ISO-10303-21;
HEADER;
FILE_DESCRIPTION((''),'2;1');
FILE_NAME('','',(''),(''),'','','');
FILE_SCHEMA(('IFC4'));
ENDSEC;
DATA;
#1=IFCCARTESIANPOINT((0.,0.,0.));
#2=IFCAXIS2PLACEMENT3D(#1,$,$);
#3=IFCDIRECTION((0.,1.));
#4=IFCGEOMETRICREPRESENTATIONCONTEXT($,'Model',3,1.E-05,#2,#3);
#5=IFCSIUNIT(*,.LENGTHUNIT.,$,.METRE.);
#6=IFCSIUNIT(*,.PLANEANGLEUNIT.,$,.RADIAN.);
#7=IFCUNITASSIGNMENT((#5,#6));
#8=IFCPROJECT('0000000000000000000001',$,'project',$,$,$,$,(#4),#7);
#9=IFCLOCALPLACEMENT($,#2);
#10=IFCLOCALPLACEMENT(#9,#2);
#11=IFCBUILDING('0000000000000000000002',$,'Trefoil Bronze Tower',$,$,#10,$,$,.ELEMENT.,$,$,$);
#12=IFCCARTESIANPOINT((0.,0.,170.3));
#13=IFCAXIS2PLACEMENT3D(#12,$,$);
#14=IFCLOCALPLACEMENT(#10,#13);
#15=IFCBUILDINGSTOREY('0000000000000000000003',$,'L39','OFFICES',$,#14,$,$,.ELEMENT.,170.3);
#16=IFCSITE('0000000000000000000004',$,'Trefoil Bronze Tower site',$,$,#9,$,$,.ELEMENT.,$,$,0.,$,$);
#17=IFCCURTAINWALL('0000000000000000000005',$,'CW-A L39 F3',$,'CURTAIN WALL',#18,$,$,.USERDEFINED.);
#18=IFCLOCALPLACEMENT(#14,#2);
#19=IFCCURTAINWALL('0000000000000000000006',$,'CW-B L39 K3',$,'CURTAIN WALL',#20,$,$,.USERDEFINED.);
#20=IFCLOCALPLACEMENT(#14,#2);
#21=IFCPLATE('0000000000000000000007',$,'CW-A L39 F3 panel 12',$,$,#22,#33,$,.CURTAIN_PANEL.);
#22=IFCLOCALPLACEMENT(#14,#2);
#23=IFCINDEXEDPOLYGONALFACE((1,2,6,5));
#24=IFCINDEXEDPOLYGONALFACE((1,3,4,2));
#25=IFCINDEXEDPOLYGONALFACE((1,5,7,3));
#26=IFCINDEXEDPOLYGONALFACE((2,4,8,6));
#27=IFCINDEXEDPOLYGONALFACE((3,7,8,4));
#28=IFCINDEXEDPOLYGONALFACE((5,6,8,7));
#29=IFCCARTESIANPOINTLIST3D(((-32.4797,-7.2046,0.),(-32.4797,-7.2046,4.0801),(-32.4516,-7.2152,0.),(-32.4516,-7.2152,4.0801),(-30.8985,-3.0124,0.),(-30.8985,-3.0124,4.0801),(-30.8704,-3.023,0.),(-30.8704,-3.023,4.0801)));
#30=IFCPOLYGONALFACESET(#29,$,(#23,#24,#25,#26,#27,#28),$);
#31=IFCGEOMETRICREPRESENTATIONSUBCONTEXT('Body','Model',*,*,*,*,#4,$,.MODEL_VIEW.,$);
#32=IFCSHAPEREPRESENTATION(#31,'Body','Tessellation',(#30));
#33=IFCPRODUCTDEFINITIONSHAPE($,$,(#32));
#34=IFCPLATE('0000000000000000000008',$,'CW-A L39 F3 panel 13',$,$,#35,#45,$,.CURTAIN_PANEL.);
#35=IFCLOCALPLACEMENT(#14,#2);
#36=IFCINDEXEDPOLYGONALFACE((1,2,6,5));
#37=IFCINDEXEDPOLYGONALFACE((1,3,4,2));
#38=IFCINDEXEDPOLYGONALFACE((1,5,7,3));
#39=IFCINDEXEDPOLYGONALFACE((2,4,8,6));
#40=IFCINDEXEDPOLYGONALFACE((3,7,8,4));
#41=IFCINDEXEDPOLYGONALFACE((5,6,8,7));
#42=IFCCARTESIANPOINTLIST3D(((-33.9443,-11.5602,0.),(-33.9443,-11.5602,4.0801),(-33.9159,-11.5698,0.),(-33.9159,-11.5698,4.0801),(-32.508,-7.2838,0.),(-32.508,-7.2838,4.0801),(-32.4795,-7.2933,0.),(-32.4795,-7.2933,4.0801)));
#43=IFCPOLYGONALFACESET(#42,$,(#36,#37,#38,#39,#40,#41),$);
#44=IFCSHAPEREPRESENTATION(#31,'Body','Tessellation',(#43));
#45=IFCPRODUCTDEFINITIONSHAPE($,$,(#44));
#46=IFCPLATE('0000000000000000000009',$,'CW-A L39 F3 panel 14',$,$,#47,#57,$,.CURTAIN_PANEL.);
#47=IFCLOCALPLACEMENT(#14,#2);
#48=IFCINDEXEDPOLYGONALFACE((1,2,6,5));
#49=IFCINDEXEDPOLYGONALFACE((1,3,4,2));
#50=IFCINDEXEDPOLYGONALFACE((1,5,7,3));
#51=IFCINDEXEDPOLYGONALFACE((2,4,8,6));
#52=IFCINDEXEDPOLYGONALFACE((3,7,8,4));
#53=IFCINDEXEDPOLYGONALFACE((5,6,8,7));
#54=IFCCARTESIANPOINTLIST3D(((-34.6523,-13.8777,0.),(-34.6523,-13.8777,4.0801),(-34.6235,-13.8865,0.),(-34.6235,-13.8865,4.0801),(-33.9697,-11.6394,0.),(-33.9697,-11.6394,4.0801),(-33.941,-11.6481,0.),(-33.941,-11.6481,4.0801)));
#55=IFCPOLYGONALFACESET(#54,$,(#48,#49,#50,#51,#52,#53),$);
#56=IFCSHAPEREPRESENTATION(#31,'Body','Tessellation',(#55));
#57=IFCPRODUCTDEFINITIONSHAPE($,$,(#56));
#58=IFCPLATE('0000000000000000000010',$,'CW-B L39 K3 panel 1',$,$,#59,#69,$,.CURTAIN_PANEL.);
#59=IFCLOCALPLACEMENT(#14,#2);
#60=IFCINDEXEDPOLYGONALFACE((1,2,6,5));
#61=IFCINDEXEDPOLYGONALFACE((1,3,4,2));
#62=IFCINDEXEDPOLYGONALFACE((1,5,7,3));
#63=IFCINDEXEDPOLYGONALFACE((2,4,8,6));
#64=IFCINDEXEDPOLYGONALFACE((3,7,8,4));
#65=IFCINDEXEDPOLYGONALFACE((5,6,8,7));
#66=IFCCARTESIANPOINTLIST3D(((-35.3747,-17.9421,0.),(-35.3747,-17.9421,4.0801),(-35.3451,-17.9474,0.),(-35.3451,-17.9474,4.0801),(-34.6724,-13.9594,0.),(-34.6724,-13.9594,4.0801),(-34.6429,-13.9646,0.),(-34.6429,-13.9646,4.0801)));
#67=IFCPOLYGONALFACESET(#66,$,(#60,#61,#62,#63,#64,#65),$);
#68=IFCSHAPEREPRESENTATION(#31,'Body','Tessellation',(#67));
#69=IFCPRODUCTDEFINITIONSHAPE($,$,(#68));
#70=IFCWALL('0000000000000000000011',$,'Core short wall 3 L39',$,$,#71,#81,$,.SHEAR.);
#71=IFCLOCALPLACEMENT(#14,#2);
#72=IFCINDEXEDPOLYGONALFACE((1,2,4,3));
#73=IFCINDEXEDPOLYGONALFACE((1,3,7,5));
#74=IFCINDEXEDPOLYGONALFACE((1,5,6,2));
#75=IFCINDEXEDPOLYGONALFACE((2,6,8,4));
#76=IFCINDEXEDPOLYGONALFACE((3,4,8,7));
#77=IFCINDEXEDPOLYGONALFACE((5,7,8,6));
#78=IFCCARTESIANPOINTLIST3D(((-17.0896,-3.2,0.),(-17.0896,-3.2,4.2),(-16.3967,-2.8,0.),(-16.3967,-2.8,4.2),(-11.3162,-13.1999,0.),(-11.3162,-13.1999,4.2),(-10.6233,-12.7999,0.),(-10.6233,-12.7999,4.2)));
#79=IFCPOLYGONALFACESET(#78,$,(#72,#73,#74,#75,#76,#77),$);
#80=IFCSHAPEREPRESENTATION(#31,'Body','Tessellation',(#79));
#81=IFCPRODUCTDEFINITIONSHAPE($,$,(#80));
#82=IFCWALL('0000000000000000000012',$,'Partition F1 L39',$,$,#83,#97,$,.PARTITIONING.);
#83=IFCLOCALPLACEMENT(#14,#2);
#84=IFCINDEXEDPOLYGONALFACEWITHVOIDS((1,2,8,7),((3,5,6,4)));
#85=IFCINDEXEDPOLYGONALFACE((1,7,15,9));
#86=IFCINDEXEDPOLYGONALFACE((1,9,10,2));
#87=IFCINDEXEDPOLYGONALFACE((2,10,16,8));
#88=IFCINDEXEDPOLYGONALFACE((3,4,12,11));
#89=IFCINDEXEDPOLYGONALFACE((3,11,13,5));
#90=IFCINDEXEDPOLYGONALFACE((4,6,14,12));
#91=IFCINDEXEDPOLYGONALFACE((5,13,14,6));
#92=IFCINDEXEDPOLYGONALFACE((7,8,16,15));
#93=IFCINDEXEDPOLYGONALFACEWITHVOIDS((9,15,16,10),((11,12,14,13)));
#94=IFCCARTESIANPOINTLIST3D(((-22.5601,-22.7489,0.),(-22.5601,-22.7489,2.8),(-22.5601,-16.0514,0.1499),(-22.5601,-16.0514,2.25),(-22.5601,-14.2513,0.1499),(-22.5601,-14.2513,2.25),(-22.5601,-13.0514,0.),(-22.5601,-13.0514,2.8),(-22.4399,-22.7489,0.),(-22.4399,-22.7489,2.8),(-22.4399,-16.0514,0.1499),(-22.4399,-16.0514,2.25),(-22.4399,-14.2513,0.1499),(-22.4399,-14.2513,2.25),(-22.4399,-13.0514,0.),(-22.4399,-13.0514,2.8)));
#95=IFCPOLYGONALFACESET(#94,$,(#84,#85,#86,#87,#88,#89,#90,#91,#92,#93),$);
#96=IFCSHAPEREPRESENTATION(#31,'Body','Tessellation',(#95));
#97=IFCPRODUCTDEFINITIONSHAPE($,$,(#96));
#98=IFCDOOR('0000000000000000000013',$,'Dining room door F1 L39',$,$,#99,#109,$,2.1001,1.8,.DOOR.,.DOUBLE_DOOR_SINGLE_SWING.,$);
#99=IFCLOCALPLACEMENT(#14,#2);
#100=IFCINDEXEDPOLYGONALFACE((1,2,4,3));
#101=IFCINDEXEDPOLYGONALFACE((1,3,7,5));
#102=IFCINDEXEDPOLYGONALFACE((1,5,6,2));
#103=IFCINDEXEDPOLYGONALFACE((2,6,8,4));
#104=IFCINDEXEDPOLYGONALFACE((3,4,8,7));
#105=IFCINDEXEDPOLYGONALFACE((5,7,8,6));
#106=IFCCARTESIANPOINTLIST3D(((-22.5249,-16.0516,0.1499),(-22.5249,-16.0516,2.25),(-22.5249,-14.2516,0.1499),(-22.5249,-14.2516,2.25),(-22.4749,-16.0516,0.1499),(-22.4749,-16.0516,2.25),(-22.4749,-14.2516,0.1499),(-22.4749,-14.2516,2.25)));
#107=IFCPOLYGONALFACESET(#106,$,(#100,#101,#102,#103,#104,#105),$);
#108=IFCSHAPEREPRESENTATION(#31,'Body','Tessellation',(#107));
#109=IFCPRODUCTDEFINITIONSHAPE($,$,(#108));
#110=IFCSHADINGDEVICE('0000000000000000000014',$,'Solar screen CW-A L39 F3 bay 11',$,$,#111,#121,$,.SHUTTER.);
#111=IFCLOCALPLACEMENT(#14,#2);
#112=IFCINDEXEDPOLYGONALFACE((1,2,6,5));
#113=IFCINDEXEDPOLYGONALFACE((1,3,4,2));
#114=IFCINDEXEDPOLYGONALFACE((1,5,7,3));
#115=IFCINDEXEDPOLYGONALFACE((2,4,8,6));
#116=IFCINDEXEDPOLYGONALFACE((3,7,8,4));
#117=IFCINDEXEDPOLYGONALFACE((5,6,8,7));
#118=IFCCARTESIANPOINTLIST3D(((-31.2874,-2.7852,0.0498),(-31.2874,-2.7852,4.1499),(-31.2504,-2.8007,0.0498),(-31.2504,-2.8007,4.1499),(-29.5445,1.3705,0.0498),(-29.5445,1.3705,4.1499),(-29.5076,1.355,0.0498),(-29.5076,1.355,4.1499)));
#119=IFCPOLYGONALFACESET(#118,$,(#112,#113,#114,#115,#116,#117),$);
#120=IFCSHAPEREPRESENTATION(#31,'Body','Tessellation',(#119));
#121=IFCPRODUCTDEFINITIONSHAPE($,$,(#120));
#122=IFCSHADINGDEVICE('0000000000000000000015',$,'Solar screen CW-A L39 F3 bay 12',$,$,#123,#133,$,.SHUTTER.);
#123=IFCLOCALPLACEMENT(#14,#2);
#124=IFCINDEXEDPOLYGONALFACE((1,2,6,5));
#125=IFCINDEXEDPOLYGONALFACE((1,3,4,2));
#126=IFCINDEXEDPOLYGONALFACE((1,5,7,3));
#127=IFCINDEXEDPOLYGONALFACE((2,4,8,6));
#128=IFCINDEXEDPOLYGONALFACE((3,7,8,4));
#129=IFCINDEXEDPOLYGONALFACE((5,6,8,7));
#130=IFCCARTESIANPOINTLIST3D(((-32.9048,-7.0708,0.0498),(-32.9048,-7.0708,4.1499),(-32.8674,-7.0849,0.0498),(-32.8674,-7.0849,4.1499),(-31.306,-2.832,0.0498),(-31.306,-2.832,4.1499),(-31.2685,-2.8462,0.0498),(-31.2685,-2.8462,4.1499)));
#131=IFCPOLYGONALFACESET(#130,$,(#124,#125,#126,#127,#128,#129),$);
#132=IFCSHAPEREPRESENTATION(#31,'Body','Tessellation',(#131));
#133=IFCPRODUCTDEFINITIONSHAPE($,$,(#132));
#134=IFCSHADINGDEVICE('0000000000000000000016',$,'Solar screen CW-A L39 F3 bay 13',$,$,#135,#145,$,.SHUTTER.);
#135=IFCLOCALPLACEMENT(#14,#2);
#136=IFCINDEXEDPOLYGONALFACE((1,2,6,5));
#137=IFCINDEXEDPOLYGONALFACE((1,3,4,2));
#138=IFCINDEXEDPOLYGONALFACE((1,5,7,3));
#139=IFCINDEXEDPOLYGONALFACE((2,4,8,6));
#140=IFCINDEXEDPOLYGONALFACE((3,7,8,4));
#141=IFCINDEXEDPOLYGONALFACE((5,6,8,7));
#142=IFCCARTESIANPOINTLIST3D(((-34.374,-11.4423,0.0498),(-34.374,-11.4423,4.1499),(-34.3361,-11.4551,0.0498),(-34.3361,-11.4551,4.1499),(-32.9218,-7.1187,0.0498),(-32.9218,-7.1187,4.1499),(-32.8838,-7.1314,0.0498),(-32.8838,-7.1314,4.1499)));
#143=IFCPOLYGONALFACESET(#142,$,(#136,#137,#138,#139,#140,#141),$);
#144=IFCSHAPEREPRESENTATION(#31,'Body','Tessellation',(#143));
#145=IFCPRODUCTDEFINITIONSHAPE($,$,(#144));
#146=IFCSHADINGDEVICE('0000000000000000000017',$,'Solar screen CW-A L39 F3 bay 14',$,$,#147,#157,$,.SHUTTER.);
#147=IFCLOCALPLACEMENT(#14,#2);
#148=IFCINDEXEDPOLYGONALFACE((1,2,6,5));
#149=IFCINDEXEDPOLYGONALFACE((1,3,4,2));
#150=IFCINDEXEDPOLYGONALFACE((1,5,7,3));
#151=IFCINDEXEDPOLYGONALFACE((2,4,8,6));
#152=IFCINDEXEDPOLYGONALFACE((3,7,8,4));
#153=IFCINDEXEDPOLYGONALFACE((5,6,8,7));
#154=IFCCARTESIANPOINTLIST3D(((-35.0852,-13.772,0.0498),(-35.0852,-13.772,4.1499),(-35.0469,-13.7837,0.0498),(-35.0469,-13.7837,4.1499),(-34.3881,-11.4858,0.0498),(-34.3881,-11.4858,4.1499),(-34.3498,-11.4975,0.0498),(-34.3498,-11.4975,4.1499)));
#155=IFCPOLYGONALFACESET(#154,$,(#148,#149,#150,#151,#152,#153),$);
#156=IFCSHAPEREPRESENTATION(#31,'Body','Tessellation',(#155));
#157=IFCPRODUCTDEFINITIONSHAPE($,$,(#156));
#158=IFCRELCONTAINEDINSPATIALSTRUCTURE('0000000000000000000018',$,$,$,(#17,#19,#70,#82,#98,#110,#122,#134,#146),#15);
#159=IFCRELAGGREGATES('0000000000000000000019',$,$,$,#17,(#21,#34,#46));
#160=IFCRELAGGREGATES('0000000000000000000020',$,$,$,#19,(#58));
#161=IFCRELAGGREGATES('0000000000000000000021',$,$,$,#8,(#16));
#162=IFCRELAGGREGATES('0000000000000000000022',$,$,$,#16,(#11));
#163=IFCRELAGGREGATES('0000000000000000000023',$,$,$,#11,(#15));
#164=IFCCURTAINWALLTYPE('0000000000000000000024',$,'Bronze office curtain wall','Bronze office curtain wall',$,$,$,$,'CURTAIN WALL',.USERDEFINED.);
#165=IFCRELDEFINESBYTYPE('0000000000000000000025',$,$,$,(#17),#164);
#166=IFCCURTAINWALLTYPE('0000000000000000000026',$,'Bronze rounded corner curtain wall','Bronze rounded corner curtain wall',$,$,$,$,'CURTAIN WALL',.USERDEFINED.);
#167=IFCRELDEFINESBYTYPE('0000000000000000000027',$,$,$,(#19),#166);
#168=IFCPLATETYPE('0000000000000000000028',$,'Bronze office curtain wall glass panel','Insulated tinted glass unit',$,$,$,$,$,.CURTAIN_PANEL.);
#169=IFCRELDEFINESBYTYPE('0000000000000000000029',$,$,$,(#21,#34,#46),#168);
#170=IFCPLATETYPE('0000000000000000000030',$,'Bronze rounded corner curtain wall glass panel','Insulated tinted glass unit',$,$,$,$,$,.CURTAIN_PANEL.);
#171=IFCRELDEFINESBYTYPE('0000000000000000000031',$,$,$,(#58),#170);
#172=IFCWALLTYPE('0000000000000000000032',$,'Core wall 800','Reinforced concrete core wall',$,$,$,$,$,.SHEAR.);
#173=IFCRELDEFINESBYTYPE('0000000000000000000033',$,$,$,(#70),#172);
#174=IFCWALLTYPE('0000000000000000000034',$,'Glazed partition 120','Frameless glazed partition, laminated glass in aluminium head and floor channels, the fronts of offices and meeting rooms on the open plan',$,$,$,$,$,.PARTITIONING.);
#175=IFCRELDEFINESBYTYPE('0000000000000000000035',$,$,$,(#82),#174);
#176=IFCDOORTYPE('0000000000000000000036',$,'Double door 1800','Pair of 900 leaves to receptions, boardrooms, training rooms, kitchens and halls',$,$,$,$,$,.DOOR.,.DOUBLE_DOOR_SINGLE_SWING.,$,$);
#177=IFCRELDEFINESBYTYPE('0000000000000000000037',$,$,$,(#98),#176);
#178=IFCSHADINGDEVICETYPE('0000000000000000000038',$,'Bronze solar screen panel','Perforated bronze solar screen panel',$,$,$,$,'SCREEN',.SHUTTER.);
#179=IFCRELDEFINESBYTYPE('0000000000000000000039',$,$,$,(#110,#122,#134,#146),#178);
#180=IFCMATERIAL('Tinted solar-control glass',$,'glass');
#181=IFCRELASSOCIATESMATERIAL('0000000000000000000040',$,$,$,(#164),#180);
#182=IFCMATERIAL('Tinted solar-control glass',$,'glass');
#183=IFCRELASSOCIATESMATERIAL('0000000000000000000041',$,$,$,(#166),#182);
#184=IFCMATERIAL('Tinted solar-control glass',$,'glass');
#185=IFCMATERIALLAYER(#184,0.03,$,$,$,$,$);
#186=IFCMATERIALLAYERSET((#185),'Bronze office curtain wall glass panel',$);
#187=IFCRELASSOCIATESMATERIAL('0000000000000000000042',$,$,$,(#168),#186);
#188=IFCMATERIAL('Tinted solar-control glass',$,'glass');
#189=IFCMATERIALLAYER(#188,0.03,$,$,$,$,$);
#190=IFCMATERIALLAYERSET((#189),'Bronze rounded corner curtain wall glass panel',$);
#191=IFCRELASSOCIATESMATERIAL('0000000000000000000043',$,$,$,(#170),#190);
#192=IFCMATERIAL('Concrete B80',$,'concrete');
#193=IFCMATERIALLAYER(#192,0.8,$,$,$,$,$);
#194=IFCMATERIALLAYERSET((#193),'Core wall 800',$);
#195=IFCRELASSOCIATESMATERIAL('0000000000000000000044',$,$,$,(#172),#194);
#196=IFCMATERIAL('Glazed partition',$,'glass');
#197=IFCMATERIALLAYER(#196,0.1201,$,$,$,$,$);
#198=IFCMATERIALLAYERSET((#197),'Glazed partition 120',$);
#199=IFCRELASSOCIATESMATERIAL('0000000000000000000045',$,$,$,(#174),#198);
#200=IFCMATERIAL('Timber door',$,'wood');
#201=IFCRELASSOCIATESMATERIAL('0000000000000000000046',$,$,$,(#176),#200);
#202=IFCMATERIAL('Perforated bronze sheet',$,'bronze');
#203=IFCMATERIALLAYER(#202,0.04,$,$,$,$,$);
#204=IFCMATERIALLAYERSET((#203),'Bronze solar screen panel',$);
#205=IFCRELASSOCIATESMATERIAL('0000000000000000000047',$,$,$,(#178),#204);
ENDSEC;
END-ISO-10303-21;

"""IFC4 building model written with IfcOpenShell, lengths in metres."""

from ifc_helpers import new_model, si_unit, direction, frame, frame_2d, origin, origin_2d, place, context, subcontext, project, spatial, rectangle, extrude, material, layer, layer_set, type_object, element, fill, aggregate, save


model = new_model("IFC4")

# Units and contexts
model_context = context("Model", 3, precision=1e-05, world=origin(), true_north=direction((0.0, 1.0)))
body_context = subcontext(model_context, "Body", "Model", "MODEL_VIEW")
ifc_project = project(units=[si_unit("LENGTHUNIT", "METRE"), si_unit("PLANEANGLEUNIT", "RADIAN")], contexts=[model_context])

# Site, building, storey
site_placement = place(None, origin())
site = spatial("IfcSite", under=ifc_project, at=site_placement, Name="Trefoil Bronze Tower site", CompositionType="ELEMENT", RefElevation=0.0)
building_placement = place(site_placement, origin())
building = spatial("IfcBuilding", under=site, at=building_placement, Name="Trefoil Bronze Tower", CompositionType="ELEMENT")
storey_placement = place(building_placement, frame((0.0, 0.0, 170.3)))
storey = spatial("IfcBuildingStorey", under=building, at=storey_placement, Name="L39", Description="OFFICES", CompositionType="ELEMENT", Elevation=170.3)

# Curtain walls
ifc_material_1 = material(Name="Tinted solar-control glass", Category="glass")
curtain_wall_type_1 = type_object("IfcCurtainWallType", Name="Bronze office curtain wall", Description="Bronze office curtain wall", ElementType="CURTAIN WALL", PredefinedType="USERDEFINED", material=ifc_material_1)
curtain_wall_1_placement = place(storey_placement, origin())
curtain_wall_1 = element("IfcCurtainWall", 1, at=curtain_wall_1_placement, inside=storey, type_object=curtain_wall_type_1, Name="CW-A L39 F3", ObjectType="CURTAIN WALL", PredefinedType="USERDEFINED")
ifc_material_2 = material(Name="Tinted solar-control glass", Category="glass")
curtain_wall_type_2 = type_object("IfcCurtainWallType", Name="Bronze rounded corner curtain wall", Description="Bronze rounded corner curtain wall", ElementType="CURTAIN WALL", PredefinedType="USERDEFINED", material=ifc_material_2)
curtain_wall_2_placement = place(storey_placement, origin())
curtain_wall_2 = element("IfcCurtainWall", 2, at=curtain_wall_2_placement, inside=storey, type_object=curtain_wall_type_2, Name="CW-B L39 K3", ObjectType="CURTAIN WALL", PredefinedType="USERDEFINED")

# Plates
ifc_material_3 = material(Name="Tinted solar-control glass", Category="glass")
ifc_layer_1 = layer(ifc_material_3, 0.03)
ifc_layer_set_1 = layer_set([ifc_layer_1], Name="Bronze office curtain wall glass panel")
plate_type_1 = type_object("IfcPlateType", Name="Bronze office curtain wall glass panel", Description="Insulated tinted glass unit", PredefinedType="CURTAIN_PANEL", material=ifc_layer_set_1)
plate_1_placement = place(storey_placement, frame((-31.675, -5.1138, 0.0), z_axis=(0.0, 0.0, 1.0), x_axis=(-0.35292, -0.935654, 0.0)))
plate_1 = element("IfcPlate", 3, at=plate_1_placement, type_object=plate_type_1, Name="CW-A L39 F3 panel 12", PredefinedType="CURTAIN_PANEL", context=body_context, shape_type="SweptSolid", body=[
    extrude(rectangle(XDim=4.4805, YDim=0.03, at=origin_2d()), origin(), (0.0, 0.0, 1.0), 4.0801),
])
plate_2_placement = place(storey_placement, frame((-33.2119, -9.4268, 0.0), z_axis=(0.0, 0.0, 1.0), x_axis=(-0.318404, -0.947955, 0.0)))
plate_2 = element("IfcPlate", 4, at=plate_2_placement, type_object=plate_type_1, Name="CW-A L39 F3 panel 13", PredefinedType="CURTAIN_PANEL", context=body_context, shape_type="SweptSolid", body=[
    extrude(rectangle(XDim=4.5112, YDim=0.03, at=origin_2d()), origin(), (0.0, 0.0, 1.0), 4.0801),
])
plate_3_placement = place(storey_placement, frame((-34.2966, -12.7629, 0.0), z_axis=(0.0, 0.0, 1.0), x_axis=(-0.291669, -0.956519, 0.0)))
plate_3 = element("IfcPlate", 5, at=plate_3_placement, type_object=plate_type_1, Name="CW-A L39 F3 panel 14", PredefinedType="CURTAIN_PANEL", context=body_context, shape_type="SweptSolid", body=[
    extrude(rectangle(XDim=2.3401, YDim=0.03, at=origin_2d()), origin(), (0.0, 0.0, 1.0), 4.0801),
])
aggregate(curtain_wall_1, [plate_1, plate_2, plate_3])
ifc_material_4 = material(Name="Tinted solar-control glass", Category="glass")
ifc_layer_2 = layer(ifc_material_4, 0.03)
ifc_layer_set_2 = layer_set([ifc_layer_2], Name="Bronze rounded corner curtain wall glass panel")
plate_type_2 = type_object("IfcPlateType", Name="Bronze rounded corner curtain wall glass panel", Description="Insulated tinted glass unit", PredefinedType="CURTAIN_PANEL", material=ifc_layer_set_2)
plate_4_placement = place(storey_placement, frame((-35.0088, -15.9534, 0.0), z_axis=(0.0, 0.0, 1.0), x_axis=(-0.173648, -0.984808, 0.0)))
plate_4 = element("IfcPlate", 6, at=plate_4_placement, type_object=plate_type_2, Name="CW-B L39 K3 panel 1", PredefinedType="CURTAIN_PANEL", context=body_context, shape_type="SweptSolid", body=[
    extrude(rectangle(XDim=4.0442, YDim=0.03, at=origin_2d()), origin(), (0.0, 0.0, 1.0), 4.0801),
])
aggregate(curtain_wall_2, [plate_4])

# Wall
ifc_material_5 = material(Name="Concrete B80", Category="concrete")
ifc_layer_3 = layer(ifc_material_5, 0.8)
ifc_layer_set_3 = layer_set([ifc_layer_3], Name="Core wall 800")
wall_type_1 = type_object("IfcWallType", Name="Core wall 800", Description="Reinforced concrete core wall", PredefinedType="SHEAR", material=ifc_layer_set_3)
wall_1_placement = place(storey_placement, frame((-16.7432, -3.0, 0.0), z_axis=(0.0, 0.0, 1.0), x_axis=(0.499996, -0.866028, 0.0)))
element("IfcWall", 7, at=wall_1_placement, inside=storey, type_object=wall_type_1, Name="Core short wall 3 L39", PredefinedType="SHEAR", context=body_context, shape_type="SweptSolid", body=[
    extrude(rectangle(XDim=11.5469, YDim=0.8, at=frame_2d((5.7734, 0.0))), origin(), (0.0, 0.0, 1.0), 4.2),
])

# Wall, opening, door
ifc_material_6 = material(Name="Glazed partition", Category="glass")
ifc_layer_4 = layer(ifc_material_6, 0.1201)
ifc_layer_set_4 = layer_set([ifc_layer_4], Name="Glazed partition 120")
wall_type_2 = type_object("IfcWallType", Name="Glazed partition 120", Description="Frameless glazed partition, laminated glass in aluminium head and floor channels, the fronts of offices and meeting rooms on the open plan", PredefinedType="PARTITIONING", material=ifc_layer_set_4)
wall_2_placement = place(storey_placement, frame((-22.5, -13.0515, 0.0), z_axis=(0.0, 0.0, 1.0), x_axis=(0.0, -1.0, 0.0)))
wall_2 = element("IfcWall", 8, at=wall_2_placement, inside=storey, type_object=wall_type_2, Name="Partition F1 L39", PredefinedType="PARTITIONING", context=body_context, shape_type="SweptSolid", body=[
    extrude(rectangle(XDim=9.6975, YDim=0.1201, at=frame_2d((4.8486, 0.0))), origin(), (0.0, 0.0, 1.0), 2.8),
])
opening_placement = place(wall_2_placement, frame((1.2, 0.0, 0.1499)))
opening = element("IfcOpeningElement", 9, at=opening_placement, cuts=wall_2, PredefinedType="OPENING", context=body_context, shape_type="SweptSolid", body=[
    extrude(rectangle(XDim=1.8, YDim=2.1001, at=frame_2d((0.8999, 1.05))), frame((0.0, 0.0701, 0.0), z_axis=(0.0, -1.0, 0.0), x_axis=(1.0, 0.0, 0.0)), (0.0, 0.0, 1.0), 0.1401),
])
ifc_material_7 = material(Name="Timber door", Category="wood")
door_type = type_object("IfcDoorType", Name="Double door 1800", Description="Pair of 900 leaves to receptions, boardrooms, training rooms, kitchens and halls", OperationType="DOUBLE_DOOR_SINGLE_SWING", PredefinedType="DOOR", material=ifc_material_7)
door_placement = place(opening_placement, frame((1.8, 0.0, 0.0), z_axis=(0.0, 0.0, 1.0), x_axis=(-1.0, 0.0, 0.0)))
door = element("IfcDoor", 10, at=door_placement, inside=storey, type_object=door_type, Name="Dining room door F1 L39", OperationType="DOUBLE_DOOR_SINGLE_SWING", OverallHeight=2.1001, OverallWidth=1.8, PredefinedType="DOOR", context=body_context, shape_type="SweptSolid", body=[
    extrude(rectangle(XDim=1.8, YDim=2.1001, at=frame_2d((0.8999, 1.05))), frame((0.0, 0.0249, 0.0), z_axis=(0.0, -1.0, 0.0), x_axis=(1.0, 0.0, 0.0)), (0.0, 0.0, 1.0), 0.05),
])
fill(opening, door)

# Shading devices
ifc_material_8 = material(Name="Perforated bronze sheet", Category="bronze")
ifc_layer_5 = layer(ifc_material_8, 0.04)
ifc_layer_set_5 = layer_set([ifc_layer_5], Name="Bronze solar screen panel")
shading_device_type = type_object("IfcShadingDeviceType", Name="Bronze solar screen panel", Description="Perforated bronze solar screen panel", ElementType="SCREEN", PredefinedType="SHUTTER", material=ifc_layer_set_5)
shading_device_1_placement = place(storey_placement, frame((-30.3975, -0.7151, 0.0498), z_axis=(0.0, 0.0, 1.0), x_axis=(-0.386759, -0.922181, 0.0)))
element("IfcShadingDevice", 11, at=shading_device_1_placement, inside=storey, type_object=shading_device_type, Name="Solar screen CW-A L39 F3 bay 11", PredefinedType="SHUTTER", context=body_context, shape_type="SweptSolid", body=[
    extrude(rectangle(XDim=4.5063, YDim=0.04, at=origin_2d()), origin(), (0.0, 0.0, 1.0), 4.1001),
])
shading_device_2_placement = place(storey_placement, frame((-32.0867, -4.9585, 0.0498), z_axis=(0.0, 0.0, 1.0), x_axis=(-0.35292, -0.935654, 0.0)))
element("IfcShadingDevice", 12, at=shading_device_2_placement, inside=storey, type_object=shading_device_type, Name="Solar screen CW-A L39 F3 bay 12", PredefinedType="SHUTTER", context=body_context, shape_type="SweptSolid", body=[
    extrude(rectangle(XDim=4.5303, YDim=0.04, at=origin_2d()), origin(), (0.0, 0.0, 1.0), 4.1001),
])
shading_device_3_placement = place(storey_placement, frame((-33.6289, -9.2869, 0.0498), z_axis=(0.0, 0.0, 1.0), x_axis=(-0.318404, -0.947955, 0.0)))
element("IfcShadingDevice", 13, at=shading_device_3_placement, inside=storey, type_object=shading_device_type, Name="Solar screen CW-A L39 F3 bay 13", PredefinedType="SHUTTER", context=body_context, shape_type="SweptSolid", body=[
    extrude(rectangle(XDim=4.561, YDim=0.04, at=origin_2d()), origin(), (0.0, 0.0, 1.0), 4.1001),
])
shading_device_4_placement = place(storey_placement, frame((-34.7175, -12.6348, 0.0498), z_axis=(0.0, 0.0, 1.0), x_axis=(-0.291669, -0.956519, 0.0)))
element("IfcShadingDevice", 14, at=shading_device_4_placement, inside=storey, type_object=shading_device_type, Name="Solar screen CW-A L39 F3 bay 14", PredefinedType="SHUTTER", context=body_context, shape_type="SweptSolid", body=[
    extrude(rectangle(XDim=2.3901, YDim=0.04, at=origin_2d()), origin(), (0.0, 0.0, 1.0), 4.1001),
])

save(model, "model.ifc")
